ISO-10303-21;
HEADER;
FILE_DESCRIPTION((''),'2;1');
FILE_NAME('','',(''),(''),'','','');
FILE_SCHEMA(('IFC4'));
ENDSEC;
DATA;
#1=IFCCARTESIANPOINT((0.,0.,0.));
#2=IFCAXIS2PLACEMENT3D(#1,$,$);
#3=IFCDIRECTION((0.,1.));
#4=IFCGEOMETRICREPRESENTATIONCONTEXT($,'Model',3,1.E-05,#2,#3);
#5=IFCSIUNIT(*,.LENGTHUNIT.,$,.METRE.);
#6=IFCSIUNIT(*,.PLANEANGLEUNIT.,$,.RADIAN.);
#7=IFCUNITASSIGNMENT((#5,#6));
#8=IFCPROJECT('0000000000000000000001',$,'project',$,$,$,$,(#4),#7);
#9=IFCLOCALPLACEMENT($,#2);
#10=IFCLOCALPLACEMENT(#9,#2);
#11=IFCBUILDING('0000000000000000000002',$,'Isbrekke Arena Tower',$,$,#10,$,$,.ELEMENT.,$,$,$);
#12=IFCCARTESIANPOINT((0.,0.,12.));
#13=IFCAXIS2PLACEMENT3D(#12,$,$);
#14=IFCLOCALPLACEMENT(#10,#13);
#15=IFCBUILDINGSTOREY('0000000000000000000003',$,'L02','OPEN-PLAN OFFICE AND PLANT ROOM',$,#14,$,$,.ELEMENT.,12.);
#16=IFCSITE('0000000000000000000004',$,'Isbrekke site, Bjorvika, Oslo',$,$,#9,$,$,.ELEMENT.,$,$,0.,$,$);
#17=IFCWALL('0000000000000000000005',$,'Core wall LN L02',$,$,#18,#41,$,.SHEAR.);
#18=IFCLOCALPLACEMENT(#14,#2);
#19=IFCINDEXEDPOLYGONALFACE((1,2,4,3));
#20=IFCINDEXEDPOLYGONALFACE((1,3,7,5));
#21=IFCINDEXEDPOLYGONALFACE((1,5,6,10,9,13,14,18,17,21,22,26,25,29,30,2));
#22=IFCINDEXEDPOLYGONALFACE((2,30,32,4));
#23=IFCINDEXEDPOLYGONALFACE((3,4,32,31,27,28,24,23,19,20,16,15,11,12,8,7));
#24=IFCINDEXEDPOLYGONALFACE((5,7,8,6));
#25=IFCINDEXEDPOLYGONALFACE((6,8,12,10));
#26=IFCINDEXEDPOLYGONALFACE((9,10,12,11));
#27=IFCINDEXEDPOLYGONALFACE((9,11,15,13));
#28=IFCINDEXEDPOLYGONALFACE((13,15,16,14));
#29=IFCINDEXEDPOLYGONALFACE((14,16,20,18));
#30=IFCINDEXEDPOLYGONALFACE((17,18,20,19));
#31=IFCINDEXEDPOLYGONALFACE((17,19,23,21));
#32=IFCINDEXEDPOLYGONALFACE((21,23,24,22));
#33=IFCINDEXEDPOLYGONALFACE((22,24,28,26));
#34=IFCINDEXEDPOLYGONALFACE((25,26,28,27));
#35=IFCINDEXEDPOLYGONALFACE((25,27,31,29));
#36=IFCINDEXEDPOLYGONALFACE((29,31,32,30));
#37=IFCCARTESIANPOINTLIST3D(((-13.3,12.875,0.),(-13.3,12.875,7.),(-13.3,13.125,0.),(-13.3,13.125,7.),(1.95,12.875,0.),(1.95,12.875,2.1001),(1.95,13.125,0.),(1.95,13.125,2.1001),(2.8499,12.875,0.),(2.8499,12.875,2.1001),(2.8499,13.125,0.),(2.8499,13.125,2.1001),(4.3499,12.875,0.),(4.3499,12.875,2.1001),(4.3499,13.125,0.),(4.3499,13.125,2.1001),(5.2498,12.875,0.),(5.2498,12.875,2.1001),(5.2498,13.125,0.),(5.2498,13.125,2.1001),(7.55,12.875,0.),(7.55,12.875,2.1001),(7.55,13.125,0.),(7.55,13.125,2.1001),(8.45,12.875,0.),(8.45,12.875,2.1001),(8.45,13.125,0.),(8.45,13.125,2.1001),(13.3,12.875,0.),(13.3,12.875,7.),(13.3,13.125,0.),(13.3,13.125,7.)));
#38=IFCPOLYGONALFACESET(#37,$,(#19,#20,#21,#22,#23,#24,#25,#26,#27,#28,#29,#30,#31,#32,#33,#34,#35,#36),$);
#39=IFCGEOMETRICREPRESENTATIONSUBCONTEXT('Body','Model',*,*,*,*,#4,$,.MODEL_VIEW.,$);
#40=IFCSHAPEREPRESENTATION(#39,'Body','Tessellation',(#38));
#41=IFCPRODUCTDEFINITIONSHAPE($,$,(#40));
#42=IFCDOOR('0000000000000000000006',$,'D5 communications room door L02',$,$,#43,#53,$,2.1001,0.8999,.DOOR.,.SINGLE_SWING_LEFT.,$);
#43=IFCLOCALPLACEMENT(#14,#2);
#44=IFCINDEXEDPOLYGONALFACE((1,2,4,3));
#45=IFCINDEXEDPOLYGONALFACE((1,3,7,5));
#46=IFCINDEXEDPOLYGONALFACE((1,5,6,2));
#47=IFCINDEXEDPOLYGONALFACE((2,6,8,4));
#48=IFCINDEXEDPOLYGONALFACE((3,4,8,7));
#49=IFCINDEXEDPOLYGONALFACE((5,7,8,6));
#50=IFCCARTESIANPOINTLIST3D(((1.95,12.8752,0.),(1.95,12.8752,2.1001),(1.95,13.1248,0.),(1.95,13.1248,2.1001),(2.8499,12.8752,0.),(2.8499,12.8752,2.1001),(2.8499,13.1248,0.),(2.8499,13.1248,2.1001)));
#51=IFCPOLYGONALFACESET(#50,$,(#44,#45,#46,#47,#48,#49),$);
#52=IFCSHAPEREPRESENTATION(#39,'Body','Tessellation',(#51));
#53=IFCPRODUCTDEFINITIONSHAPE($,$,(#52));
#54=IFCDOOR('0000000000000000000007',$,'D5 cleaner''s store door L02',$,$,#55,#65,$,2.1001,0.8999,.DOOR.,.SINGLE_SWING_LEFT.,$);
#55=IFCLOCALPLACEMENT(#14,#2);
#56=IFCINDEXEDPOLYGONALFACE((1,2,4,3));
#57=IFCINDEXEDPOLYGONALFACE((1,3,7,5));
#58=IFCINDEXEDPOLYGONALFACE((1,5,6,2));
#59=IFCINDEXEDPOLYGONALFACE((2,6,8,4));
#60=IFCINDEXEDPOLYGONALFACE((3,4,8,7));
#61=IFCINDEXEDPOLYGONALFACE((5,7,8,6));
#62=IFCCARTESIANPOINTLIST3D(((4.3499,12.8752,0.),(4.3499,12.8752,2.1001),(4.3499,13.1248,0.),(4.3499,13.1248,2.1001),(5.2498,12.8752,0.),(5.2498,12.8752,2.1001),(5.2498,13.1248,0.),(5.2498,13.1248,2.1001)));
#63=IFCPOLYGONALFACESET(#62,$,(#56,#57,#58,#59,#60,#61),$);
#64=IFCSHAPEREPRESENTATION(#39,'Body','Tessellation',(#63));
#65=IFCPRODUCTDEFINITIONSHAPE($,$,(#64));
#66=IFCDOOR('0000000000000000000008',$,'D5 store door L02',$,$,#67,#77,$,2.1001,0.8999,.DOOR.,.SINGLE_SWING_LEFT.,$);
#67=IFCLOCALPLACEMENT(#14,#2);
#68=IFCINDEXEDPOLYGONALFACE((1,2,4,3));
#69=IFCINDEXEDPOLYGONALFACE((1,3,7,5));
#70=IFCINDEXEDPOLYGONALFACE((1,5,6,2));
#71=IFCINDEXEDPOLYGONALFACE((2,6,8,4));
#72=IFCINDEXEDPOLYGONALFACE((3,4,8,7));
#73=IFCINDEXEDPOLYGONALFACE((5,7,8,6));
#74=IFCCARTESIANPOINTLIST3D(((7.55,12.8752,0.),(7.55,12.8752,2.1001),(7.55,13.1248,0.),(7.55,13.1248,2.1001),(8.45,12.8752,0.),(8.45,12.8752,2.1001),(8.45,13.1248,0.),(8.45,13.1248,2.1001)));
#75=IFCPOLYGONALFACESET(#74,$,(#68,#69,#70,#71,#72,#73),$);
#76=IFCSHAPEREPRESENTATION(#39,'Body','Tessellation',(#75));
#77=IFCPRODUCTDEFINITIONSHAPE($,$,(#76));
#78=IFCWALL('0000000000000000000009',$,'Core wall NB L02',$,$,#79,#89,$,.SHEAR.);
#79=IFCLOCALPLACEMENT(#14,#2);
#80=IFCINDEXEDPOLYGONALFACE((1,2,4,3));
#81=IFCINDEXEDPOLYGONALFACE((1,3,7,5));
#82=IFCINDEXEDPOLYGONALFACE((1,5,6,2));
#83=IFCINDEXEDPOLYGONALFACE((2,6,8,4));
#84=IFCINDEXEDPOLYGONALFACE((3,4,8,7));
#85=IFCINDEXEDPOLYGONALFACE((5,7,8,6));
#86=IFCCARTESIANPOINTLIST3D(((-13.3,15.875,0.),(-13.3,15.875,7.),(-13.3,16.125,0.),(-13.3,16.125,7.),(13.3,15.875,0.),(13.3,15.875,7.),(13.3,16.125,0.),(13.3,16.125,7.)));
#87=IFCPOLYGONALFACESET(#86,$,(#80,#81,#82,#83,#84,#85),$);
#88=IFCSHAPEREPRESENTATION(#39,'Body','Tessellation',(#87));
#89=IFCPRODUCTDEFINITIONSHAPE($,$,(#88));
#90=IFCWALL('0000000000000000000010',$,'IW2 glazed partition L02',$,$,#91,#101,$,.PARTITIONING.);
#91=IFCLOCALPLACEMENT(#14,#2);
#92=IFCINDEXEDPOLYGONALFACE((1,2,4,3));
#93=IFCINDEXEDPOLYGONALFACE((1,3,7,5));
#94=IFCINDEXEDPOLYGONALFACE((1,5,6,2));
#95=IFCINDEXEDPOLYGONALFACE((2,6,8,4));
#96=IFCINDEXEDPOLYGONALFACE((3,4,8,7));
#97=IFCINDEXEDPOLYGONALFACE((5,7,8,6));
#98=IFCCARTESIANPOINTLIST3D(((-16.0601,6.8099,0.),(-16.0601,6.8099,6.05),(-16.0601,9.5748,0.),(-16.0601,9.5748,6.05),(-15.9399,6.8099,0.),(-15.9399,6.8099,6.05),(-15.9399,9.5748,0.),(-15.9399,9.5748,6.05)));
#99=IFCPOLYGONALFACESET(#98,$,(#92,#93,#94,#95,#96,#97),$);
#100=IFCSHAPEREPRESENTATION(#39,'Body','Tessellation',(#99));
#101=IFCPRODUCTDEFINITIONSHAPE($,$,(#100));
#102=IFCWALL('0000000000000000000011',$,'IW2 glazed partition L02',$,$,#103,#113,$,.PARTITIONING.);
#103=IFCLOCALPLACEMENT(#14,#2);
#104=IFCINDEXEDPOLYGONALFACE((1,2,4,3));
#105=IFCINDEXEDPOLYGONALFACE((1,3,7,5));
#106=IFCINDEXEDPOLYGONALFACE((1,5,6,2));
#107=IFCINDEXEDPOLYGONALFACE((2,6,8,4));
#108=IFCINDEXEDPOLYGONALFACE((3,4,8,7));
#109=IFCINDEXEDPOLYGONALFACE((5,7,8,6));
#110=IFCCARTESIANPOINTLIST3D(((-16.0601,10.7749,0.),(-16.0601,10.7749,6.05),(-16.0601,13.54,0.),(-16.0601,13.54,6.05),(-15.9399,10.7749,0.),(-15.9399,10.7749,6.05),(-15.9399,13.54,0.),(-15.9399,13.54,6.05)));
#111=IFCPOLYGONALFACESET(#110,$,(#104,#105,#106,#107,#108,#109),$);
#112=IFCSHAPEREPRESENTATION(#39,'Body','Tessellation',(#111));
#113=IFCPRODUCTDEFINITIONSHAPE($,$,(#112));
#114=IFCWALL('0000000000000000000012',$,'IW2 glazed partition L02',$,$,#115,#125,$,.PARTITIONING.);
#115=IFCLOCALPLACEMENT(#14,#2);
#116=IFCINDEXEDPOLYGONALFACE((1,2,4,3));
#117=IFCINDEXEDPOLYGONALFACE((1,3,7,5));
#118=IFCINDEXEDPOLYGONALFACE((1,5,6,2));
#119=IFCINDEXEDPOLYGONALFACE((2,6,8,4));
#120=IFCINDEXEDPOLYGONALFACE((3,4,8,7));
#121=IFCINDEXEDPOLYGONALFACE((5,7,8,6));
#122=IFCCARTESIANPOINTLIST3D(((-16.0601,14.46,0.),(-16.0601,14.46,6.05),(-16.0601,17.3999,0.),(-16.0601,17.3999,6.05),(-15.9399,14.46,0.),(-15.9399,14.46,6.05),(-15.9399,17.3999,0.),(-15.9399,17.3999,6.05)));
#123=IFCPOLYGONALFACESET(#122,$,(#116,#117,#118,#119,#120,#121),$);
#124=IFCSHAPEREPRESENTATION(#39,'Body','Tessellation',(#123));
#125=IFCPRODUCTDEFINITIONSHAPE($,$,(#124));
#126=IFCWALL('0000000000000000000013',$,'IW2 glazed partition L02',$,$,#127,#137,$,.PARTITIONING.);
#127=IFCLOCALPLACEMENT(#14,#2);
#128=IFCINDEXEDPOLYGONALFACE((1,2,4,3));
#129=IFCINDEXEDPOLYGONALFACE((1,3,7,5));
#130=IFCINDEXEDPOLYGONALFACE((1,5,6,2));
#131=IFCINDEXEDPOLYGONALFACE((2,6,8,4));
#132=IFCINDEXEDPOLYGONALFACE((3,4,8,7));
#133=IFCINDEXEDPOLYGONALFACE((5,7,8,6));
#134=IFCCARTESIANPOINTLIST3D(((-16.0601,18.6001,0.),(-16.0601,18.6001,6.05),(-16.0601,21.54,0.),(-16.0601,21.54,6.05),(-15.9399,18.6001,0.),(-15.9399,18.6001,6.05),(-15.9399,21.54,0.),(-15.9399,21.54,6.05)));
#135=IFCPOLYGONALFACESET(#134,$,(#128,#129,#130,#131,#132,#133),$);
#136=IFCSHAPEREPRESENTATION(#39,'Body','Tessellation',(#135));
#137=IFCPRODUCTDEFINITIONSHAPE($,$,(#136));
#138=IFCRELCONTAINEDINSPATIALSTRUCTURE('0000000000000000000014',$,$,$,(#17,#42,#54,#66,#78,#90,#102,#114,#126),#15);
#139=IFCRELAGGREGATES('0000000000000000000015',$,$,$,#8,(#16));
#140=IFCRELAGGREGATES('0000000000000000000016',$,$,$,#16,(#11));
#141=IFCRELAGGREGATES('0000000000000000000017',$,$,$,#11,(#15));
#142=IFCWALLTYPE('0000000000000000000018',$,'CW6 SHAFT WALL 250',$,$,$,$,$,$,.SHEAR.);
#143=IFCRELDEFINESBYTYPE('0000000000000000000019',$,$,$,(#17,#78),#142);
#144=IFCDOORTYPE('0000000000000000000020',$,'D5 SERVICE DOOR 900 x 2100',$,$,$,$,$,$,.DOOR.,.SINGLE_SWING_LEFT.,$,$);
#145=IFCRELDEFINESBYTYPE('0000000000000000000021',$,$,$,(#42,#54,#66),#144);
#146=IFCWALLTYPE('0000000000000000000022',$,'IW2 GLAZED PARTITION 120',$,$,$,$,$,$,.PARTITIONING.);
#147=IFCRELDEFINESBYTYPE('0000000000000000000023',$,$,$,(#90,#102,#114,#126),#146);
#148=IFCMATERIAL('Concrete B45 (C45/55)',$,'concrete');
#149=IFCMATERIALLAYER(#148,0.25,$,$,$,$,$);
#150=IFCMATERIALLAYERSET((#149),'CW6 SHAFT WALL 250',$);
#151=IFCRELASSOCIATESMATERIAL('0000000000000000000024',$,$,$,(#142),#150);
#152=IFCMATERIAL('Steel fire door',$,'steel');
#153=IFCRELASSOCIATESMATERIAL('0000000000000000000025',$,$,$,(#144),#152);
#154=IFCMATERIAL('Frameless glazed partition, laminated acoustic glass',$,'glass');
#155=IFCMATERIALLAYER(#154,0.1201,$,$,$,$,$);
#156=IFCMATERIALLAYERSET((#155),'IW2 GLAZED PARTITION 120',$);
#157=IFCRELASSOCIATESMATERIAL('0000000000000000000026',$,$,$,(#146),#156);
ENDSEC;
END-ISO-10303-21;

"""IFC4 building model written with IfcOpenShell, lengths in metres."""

from ifc_helpers import new_model, si_unit, direction, frame, frame_2d, origin, place, context, subcontext, project, spatial, rectangle, extrude, material, layer, layer_set, type_object, element, fill, save


model = new_model("IFC4")

# Units and contexts
model_context = context("Model", 3, precision=1e-05, world=origin(), true_north=direction((0.0, 1.0)))
body_context = subcontext(model_context, "Body", "Model", "MODEL_VIEW")
ifc_project = project(units=[si_unit("LENGTHUNIT", "METRE"), si_unit("PLANEANGLEUNIT", "RADIAN")], contexts=[model_context])

# Site, building, storey
site_placement = place(None, origin())
site = spatial("IfcSite", under=ifc_project, at=site_placement, Name="Isbrekke site, Bjorvika, Oslo", CompositionType="ELEMENT", RefElevation=0.0)
building_placement = place(site_placement, origin())
building = spatial("IfcBuilding", under=site, at=building_placement, Name="Isbrekke Arena Tower", CompositionType="ELEMENT")
storey_placement = place(building_placement, frame((0.0, 0.0, 12.0)))
storey = spatial("IfcBuildingStorey", under=building, at=storey_placement, Name="L02", Description="OPEN-PLAN OFFICE AND PLANT ROOM", CompositionType="ELEMENT", Elevation=12.0)

# Shared definitions
ifc_material_1 = material(Name="Concrete B45 (C45/55)", Category="concrete")
ifc_layer_1 = layer(ifc_material_1, 0.25)
ifc_layer_set_1 = layer_set([ifc_layer_1], Name="CW6 SHAFT WALL 250")
wall_type_1 = type_object("IfcWallType", Name="CW6 SHAFT WALL 250", PredefinedType="SHEAR", material=ifc_layer_set_1)

# Wall, openings, doors
wall_1_placement = place(storey_placement, frame((-13.3, 13.0, 0.0), z_axis=(0.0, 0.0, 1.0), x_axis=(1.0, 0.0, 0.0)))
wall_1 = element("IfcWall", 1, at=wall_1_placement, inside=storey, type_object=wall_type_1, Name="Core wall LN L02", PredefinedType="SHEAR", context=body_context, shape_type="SweptSolid", body=[
    extrude(rectangle(XDim=26.6001, YDim=0.25, at=frame_2d((13.3, 0.0))), origin(), (0.0, 0.0, 1.0), 7.0),
])
opening_1_placement = place(wall_1_placement, frame((15.25, 0.0, 0.0)))
opening_1 = element("IfcOpeningElement", 2, at=opening_1_placement, cuts=wall_1, PredefinedType="OPENING", context=body_context, shape_type="SweptSolid", body=[
    extrude(rectangle(XDim=0.8999, YDim=2.1001, at=frame_2d((0.45, 1.05))), frame((0.0, 0.1399, 0.0), z_axis=(0.0, -1.0, 0.0), x_axis=(1.0, 0.0, 0.0)), (0.0, 0.0, 1.0), 0.2798),
])
opening_2_placement = place(wall_1_placement, frame((17.6499, 0.0, 0.0)))
opening_2 = element("IfcOpeningElement", 3, at=opening_2_placement, cuts=wall_1, PredefinedType="OPENING", context=body_context, shape_type="SweptSolid", body=[
    extrude(rectangle(XDim=0.8999, YDim=2.1001, at=frame_2d((0.45, 1.05))), frame((0.0, 0.1399, 0.0), z_axis=(0.0, -1.0, 0.0), x_axis=(1.0, 0.0, 0.0)), (0.0, 0.0, 1.0), 0.2798),
])
opening_3_placement = place(wall_1_placement, frame((20.8501, 0.0, 0.0)))
opening_3 = element("IfcOpeningElement", 4, at=opening_3_placement, cuts=wall_1, PredefinedType="OPENING", context=body_context, shape_type="SweptSolid", body=[
    extrude(rectangle(XDim=0.8999, YDim=2.1001, at=frame_2d((0.45, 1.05))), frame((0.0, 0.1399, 0.0), z_axis=(0.0, -1.0, 0.0), x_axis=(1.0, 0.0, 0.0)), (0.0, 0.0, 1.0), 0.2798),
])
ifc_material_2 = material(Name="Steel fire door", Category="steel")
door_type = type_object("IfcDoorType", Name="D5 SERVICE DOOR 900 x 2100", OperationType="SINGLE_SWING_LEFT", PredefinedType="DOOR", material=ifc_material_2)
door_1_placement = place(opening_1_placement, origin())
door_1 = element("IfcDoor", 5, at=door_1_placement, inside=storey, type_object=door_type, Name="D5 communications room door L02", OperationType="SINGLE_SWING_LEFT", OverallHeight=2.1001, OverallWidth=0.8999, PredefinedType="DOOR", context=body_context, shape_type="SweptSolid", body=[
    extrude(rectangle(XDim=0.8999, YDim=2.1001, at=frame_2d((0.45, 1.05))), frame((0.0, 0.1248, 0.0), z_axis=(0.0, -1.0, 0.0), x_axis=(1.0, 0.0, 0.0)), (0.0, 0.0, 1.0), 0.2495),
])
fill(opening_1, door_1)
door_2_placement = place(opening_2_placement, origin())
door_2 = element("IfcDoor", 6, at=door_2_placement, inside=storey, type_object=door_type, Name="D5 cleaner's store door L02", OperationType="SINGLE_SWING_LEFT", OverallHeight=2.1001, OverallWidth=0.8999, PredefinedType="DOOR", context=body_context, shape_type="SweptSolid", body=[
    extrude(rectangle(XDim=0.8999, YDim=2.1001, at=frame_2d((0.45, 1.05))), frame((0.0, 0.1248, 0.0), z_axis=(0.0, -1.0, 0.0), x_axis=(1.0, 0.0, 0.0)), (0.0, 0.0, 1.0), 0.2495),
])
fill(opening_2, door_2)
door_3_placement = place(opening_3_placement, origin())
door_3 = element("IfcDoor", 7, at=door_3_placement, inside=storey, type_object=door_type, Name="D5 store door L02", OperationType="SINGLE_SWING_LEFT", OverallHeight=2.1001, OverallWidth=0.8999, PredefinedType="DOOR", context=body_context, shape_type="SweptSolid", body=[
    extrude(rectangle(XDim=0.8999, YDim=2.1001, at=frame_2d((0.45, 1.05))), frame((0.0, 0.1248, 0.0), z_axis=(0.0, -1.0, 0.0), x_axis=(1.0, 0.0, 0.0)), (0.0, 0.0, 1.0), 0.2495),
])
fill(opening_3, door_3)

# Walls
wall_2_placement = place(storey_placement, frame((-13.3, 16.0, 0.0), z_axis=(0.0, 0.0, 1.0), x_axis=(1.0, 0.0, 0.0)))
element("IfcWall", 8, at=wall_2_placement, inside=storey, type_object=wall_type_1, Name="Core wall NB L02", PredefinedType="SHEAR", context=body_context, shape_type="SweptSolid", body=[
    extrude(rectangle(XDim=26.6001, YDim=0.25, at=frame_2d((13.3, 0.0))), origin(), (0.0, 0.0, 1.0), 7.0),
])
ifc_material_3 = material(Name="Frameless glazed partition, laminated acoustic glass", Category="glass")
ifc_layer_2 = layer(ifc_material_3, 0.1201)
ifc_layer_set_2 = layer_set([ifc_layer_2], Name="IW2 GLAZED PARTITION 120")
wall_type_2 = type_object("IfcWallType", Name="IW2 GLAZED PARTITION 120", PredefinedType="PARTITIONING", material=ifc_layer_set_2)
wall_3_placement = place(storey_placement, frame((-16.0, 6.8101, 0.0), z_axis=(0.0, 0.0, 1.0), x_axis=(0.0, 1.0, 0.0)))
element("IfcWall", 9, at=wall_3_placement, inside=storey, type_object=wall_type_2, Name="IW2 glazed partition L02", PredefinedType="PARTITIONING", context=body_context, shape_type="SweptSolid", body=[
    extrude(rectangle(XDim=2.7649, YDim=0.1201, at=frame_2d((1.3823, 0.0))), origin(), (0.0, 0.0, 1.0), 6.05),
])
wall_4_placement = place(storey_placement, frame((-16.0, 10.7749, 0.0), z_axis=(0.0, 0.0, 1.0), x_axis=(0.0, 1.0, 0.0)))
element("IfcWall", 10, at=wall_4_placement, inside=storey, type_object=wall_type_2, Name="IW2 glazed partition L02", PredefinedType="PARTITIONING", context=body_context, shape_type="SweptSolid", body=[
    extrude(rectangle(XDim=2.7651, YDim=0.1201, at=frame_2d((1.3826, 0.0))), origin(), (0.0, 0.0, 1.0), 6.05),
])
for number, where, z_axis, x_axis, name in (
    (11, (-16.0, 14.46, 0.0), (0.0, 0.0, 1.0), (0.0, 1.0, 0.0), "IW2 glazed partition L02"),
    (12, (-16.0, 18.6001, 0.0), (0.0, 0.0, 1.0), (0.0, 1.0, 0.0), "IW2 glazed partition L02"),
):
    element("IfcWall", number, at=place(storey_placement, frame(where, z_axis=z_axis, x_axis=x_axis)), inside=storey, type_object=wall_type_2, Name=name, PredefinedType="PARTITIONING", context=body_context, shape_type="SweptSolid", body=[
        extrude(rectangle(XDim=2.9399, YDim=0.1201, at=frame_2d((1.47, 0.0))), origin(), (0.0, 0.0, 1.0), 6.05),
    ])

save(model, "model.ifc")
